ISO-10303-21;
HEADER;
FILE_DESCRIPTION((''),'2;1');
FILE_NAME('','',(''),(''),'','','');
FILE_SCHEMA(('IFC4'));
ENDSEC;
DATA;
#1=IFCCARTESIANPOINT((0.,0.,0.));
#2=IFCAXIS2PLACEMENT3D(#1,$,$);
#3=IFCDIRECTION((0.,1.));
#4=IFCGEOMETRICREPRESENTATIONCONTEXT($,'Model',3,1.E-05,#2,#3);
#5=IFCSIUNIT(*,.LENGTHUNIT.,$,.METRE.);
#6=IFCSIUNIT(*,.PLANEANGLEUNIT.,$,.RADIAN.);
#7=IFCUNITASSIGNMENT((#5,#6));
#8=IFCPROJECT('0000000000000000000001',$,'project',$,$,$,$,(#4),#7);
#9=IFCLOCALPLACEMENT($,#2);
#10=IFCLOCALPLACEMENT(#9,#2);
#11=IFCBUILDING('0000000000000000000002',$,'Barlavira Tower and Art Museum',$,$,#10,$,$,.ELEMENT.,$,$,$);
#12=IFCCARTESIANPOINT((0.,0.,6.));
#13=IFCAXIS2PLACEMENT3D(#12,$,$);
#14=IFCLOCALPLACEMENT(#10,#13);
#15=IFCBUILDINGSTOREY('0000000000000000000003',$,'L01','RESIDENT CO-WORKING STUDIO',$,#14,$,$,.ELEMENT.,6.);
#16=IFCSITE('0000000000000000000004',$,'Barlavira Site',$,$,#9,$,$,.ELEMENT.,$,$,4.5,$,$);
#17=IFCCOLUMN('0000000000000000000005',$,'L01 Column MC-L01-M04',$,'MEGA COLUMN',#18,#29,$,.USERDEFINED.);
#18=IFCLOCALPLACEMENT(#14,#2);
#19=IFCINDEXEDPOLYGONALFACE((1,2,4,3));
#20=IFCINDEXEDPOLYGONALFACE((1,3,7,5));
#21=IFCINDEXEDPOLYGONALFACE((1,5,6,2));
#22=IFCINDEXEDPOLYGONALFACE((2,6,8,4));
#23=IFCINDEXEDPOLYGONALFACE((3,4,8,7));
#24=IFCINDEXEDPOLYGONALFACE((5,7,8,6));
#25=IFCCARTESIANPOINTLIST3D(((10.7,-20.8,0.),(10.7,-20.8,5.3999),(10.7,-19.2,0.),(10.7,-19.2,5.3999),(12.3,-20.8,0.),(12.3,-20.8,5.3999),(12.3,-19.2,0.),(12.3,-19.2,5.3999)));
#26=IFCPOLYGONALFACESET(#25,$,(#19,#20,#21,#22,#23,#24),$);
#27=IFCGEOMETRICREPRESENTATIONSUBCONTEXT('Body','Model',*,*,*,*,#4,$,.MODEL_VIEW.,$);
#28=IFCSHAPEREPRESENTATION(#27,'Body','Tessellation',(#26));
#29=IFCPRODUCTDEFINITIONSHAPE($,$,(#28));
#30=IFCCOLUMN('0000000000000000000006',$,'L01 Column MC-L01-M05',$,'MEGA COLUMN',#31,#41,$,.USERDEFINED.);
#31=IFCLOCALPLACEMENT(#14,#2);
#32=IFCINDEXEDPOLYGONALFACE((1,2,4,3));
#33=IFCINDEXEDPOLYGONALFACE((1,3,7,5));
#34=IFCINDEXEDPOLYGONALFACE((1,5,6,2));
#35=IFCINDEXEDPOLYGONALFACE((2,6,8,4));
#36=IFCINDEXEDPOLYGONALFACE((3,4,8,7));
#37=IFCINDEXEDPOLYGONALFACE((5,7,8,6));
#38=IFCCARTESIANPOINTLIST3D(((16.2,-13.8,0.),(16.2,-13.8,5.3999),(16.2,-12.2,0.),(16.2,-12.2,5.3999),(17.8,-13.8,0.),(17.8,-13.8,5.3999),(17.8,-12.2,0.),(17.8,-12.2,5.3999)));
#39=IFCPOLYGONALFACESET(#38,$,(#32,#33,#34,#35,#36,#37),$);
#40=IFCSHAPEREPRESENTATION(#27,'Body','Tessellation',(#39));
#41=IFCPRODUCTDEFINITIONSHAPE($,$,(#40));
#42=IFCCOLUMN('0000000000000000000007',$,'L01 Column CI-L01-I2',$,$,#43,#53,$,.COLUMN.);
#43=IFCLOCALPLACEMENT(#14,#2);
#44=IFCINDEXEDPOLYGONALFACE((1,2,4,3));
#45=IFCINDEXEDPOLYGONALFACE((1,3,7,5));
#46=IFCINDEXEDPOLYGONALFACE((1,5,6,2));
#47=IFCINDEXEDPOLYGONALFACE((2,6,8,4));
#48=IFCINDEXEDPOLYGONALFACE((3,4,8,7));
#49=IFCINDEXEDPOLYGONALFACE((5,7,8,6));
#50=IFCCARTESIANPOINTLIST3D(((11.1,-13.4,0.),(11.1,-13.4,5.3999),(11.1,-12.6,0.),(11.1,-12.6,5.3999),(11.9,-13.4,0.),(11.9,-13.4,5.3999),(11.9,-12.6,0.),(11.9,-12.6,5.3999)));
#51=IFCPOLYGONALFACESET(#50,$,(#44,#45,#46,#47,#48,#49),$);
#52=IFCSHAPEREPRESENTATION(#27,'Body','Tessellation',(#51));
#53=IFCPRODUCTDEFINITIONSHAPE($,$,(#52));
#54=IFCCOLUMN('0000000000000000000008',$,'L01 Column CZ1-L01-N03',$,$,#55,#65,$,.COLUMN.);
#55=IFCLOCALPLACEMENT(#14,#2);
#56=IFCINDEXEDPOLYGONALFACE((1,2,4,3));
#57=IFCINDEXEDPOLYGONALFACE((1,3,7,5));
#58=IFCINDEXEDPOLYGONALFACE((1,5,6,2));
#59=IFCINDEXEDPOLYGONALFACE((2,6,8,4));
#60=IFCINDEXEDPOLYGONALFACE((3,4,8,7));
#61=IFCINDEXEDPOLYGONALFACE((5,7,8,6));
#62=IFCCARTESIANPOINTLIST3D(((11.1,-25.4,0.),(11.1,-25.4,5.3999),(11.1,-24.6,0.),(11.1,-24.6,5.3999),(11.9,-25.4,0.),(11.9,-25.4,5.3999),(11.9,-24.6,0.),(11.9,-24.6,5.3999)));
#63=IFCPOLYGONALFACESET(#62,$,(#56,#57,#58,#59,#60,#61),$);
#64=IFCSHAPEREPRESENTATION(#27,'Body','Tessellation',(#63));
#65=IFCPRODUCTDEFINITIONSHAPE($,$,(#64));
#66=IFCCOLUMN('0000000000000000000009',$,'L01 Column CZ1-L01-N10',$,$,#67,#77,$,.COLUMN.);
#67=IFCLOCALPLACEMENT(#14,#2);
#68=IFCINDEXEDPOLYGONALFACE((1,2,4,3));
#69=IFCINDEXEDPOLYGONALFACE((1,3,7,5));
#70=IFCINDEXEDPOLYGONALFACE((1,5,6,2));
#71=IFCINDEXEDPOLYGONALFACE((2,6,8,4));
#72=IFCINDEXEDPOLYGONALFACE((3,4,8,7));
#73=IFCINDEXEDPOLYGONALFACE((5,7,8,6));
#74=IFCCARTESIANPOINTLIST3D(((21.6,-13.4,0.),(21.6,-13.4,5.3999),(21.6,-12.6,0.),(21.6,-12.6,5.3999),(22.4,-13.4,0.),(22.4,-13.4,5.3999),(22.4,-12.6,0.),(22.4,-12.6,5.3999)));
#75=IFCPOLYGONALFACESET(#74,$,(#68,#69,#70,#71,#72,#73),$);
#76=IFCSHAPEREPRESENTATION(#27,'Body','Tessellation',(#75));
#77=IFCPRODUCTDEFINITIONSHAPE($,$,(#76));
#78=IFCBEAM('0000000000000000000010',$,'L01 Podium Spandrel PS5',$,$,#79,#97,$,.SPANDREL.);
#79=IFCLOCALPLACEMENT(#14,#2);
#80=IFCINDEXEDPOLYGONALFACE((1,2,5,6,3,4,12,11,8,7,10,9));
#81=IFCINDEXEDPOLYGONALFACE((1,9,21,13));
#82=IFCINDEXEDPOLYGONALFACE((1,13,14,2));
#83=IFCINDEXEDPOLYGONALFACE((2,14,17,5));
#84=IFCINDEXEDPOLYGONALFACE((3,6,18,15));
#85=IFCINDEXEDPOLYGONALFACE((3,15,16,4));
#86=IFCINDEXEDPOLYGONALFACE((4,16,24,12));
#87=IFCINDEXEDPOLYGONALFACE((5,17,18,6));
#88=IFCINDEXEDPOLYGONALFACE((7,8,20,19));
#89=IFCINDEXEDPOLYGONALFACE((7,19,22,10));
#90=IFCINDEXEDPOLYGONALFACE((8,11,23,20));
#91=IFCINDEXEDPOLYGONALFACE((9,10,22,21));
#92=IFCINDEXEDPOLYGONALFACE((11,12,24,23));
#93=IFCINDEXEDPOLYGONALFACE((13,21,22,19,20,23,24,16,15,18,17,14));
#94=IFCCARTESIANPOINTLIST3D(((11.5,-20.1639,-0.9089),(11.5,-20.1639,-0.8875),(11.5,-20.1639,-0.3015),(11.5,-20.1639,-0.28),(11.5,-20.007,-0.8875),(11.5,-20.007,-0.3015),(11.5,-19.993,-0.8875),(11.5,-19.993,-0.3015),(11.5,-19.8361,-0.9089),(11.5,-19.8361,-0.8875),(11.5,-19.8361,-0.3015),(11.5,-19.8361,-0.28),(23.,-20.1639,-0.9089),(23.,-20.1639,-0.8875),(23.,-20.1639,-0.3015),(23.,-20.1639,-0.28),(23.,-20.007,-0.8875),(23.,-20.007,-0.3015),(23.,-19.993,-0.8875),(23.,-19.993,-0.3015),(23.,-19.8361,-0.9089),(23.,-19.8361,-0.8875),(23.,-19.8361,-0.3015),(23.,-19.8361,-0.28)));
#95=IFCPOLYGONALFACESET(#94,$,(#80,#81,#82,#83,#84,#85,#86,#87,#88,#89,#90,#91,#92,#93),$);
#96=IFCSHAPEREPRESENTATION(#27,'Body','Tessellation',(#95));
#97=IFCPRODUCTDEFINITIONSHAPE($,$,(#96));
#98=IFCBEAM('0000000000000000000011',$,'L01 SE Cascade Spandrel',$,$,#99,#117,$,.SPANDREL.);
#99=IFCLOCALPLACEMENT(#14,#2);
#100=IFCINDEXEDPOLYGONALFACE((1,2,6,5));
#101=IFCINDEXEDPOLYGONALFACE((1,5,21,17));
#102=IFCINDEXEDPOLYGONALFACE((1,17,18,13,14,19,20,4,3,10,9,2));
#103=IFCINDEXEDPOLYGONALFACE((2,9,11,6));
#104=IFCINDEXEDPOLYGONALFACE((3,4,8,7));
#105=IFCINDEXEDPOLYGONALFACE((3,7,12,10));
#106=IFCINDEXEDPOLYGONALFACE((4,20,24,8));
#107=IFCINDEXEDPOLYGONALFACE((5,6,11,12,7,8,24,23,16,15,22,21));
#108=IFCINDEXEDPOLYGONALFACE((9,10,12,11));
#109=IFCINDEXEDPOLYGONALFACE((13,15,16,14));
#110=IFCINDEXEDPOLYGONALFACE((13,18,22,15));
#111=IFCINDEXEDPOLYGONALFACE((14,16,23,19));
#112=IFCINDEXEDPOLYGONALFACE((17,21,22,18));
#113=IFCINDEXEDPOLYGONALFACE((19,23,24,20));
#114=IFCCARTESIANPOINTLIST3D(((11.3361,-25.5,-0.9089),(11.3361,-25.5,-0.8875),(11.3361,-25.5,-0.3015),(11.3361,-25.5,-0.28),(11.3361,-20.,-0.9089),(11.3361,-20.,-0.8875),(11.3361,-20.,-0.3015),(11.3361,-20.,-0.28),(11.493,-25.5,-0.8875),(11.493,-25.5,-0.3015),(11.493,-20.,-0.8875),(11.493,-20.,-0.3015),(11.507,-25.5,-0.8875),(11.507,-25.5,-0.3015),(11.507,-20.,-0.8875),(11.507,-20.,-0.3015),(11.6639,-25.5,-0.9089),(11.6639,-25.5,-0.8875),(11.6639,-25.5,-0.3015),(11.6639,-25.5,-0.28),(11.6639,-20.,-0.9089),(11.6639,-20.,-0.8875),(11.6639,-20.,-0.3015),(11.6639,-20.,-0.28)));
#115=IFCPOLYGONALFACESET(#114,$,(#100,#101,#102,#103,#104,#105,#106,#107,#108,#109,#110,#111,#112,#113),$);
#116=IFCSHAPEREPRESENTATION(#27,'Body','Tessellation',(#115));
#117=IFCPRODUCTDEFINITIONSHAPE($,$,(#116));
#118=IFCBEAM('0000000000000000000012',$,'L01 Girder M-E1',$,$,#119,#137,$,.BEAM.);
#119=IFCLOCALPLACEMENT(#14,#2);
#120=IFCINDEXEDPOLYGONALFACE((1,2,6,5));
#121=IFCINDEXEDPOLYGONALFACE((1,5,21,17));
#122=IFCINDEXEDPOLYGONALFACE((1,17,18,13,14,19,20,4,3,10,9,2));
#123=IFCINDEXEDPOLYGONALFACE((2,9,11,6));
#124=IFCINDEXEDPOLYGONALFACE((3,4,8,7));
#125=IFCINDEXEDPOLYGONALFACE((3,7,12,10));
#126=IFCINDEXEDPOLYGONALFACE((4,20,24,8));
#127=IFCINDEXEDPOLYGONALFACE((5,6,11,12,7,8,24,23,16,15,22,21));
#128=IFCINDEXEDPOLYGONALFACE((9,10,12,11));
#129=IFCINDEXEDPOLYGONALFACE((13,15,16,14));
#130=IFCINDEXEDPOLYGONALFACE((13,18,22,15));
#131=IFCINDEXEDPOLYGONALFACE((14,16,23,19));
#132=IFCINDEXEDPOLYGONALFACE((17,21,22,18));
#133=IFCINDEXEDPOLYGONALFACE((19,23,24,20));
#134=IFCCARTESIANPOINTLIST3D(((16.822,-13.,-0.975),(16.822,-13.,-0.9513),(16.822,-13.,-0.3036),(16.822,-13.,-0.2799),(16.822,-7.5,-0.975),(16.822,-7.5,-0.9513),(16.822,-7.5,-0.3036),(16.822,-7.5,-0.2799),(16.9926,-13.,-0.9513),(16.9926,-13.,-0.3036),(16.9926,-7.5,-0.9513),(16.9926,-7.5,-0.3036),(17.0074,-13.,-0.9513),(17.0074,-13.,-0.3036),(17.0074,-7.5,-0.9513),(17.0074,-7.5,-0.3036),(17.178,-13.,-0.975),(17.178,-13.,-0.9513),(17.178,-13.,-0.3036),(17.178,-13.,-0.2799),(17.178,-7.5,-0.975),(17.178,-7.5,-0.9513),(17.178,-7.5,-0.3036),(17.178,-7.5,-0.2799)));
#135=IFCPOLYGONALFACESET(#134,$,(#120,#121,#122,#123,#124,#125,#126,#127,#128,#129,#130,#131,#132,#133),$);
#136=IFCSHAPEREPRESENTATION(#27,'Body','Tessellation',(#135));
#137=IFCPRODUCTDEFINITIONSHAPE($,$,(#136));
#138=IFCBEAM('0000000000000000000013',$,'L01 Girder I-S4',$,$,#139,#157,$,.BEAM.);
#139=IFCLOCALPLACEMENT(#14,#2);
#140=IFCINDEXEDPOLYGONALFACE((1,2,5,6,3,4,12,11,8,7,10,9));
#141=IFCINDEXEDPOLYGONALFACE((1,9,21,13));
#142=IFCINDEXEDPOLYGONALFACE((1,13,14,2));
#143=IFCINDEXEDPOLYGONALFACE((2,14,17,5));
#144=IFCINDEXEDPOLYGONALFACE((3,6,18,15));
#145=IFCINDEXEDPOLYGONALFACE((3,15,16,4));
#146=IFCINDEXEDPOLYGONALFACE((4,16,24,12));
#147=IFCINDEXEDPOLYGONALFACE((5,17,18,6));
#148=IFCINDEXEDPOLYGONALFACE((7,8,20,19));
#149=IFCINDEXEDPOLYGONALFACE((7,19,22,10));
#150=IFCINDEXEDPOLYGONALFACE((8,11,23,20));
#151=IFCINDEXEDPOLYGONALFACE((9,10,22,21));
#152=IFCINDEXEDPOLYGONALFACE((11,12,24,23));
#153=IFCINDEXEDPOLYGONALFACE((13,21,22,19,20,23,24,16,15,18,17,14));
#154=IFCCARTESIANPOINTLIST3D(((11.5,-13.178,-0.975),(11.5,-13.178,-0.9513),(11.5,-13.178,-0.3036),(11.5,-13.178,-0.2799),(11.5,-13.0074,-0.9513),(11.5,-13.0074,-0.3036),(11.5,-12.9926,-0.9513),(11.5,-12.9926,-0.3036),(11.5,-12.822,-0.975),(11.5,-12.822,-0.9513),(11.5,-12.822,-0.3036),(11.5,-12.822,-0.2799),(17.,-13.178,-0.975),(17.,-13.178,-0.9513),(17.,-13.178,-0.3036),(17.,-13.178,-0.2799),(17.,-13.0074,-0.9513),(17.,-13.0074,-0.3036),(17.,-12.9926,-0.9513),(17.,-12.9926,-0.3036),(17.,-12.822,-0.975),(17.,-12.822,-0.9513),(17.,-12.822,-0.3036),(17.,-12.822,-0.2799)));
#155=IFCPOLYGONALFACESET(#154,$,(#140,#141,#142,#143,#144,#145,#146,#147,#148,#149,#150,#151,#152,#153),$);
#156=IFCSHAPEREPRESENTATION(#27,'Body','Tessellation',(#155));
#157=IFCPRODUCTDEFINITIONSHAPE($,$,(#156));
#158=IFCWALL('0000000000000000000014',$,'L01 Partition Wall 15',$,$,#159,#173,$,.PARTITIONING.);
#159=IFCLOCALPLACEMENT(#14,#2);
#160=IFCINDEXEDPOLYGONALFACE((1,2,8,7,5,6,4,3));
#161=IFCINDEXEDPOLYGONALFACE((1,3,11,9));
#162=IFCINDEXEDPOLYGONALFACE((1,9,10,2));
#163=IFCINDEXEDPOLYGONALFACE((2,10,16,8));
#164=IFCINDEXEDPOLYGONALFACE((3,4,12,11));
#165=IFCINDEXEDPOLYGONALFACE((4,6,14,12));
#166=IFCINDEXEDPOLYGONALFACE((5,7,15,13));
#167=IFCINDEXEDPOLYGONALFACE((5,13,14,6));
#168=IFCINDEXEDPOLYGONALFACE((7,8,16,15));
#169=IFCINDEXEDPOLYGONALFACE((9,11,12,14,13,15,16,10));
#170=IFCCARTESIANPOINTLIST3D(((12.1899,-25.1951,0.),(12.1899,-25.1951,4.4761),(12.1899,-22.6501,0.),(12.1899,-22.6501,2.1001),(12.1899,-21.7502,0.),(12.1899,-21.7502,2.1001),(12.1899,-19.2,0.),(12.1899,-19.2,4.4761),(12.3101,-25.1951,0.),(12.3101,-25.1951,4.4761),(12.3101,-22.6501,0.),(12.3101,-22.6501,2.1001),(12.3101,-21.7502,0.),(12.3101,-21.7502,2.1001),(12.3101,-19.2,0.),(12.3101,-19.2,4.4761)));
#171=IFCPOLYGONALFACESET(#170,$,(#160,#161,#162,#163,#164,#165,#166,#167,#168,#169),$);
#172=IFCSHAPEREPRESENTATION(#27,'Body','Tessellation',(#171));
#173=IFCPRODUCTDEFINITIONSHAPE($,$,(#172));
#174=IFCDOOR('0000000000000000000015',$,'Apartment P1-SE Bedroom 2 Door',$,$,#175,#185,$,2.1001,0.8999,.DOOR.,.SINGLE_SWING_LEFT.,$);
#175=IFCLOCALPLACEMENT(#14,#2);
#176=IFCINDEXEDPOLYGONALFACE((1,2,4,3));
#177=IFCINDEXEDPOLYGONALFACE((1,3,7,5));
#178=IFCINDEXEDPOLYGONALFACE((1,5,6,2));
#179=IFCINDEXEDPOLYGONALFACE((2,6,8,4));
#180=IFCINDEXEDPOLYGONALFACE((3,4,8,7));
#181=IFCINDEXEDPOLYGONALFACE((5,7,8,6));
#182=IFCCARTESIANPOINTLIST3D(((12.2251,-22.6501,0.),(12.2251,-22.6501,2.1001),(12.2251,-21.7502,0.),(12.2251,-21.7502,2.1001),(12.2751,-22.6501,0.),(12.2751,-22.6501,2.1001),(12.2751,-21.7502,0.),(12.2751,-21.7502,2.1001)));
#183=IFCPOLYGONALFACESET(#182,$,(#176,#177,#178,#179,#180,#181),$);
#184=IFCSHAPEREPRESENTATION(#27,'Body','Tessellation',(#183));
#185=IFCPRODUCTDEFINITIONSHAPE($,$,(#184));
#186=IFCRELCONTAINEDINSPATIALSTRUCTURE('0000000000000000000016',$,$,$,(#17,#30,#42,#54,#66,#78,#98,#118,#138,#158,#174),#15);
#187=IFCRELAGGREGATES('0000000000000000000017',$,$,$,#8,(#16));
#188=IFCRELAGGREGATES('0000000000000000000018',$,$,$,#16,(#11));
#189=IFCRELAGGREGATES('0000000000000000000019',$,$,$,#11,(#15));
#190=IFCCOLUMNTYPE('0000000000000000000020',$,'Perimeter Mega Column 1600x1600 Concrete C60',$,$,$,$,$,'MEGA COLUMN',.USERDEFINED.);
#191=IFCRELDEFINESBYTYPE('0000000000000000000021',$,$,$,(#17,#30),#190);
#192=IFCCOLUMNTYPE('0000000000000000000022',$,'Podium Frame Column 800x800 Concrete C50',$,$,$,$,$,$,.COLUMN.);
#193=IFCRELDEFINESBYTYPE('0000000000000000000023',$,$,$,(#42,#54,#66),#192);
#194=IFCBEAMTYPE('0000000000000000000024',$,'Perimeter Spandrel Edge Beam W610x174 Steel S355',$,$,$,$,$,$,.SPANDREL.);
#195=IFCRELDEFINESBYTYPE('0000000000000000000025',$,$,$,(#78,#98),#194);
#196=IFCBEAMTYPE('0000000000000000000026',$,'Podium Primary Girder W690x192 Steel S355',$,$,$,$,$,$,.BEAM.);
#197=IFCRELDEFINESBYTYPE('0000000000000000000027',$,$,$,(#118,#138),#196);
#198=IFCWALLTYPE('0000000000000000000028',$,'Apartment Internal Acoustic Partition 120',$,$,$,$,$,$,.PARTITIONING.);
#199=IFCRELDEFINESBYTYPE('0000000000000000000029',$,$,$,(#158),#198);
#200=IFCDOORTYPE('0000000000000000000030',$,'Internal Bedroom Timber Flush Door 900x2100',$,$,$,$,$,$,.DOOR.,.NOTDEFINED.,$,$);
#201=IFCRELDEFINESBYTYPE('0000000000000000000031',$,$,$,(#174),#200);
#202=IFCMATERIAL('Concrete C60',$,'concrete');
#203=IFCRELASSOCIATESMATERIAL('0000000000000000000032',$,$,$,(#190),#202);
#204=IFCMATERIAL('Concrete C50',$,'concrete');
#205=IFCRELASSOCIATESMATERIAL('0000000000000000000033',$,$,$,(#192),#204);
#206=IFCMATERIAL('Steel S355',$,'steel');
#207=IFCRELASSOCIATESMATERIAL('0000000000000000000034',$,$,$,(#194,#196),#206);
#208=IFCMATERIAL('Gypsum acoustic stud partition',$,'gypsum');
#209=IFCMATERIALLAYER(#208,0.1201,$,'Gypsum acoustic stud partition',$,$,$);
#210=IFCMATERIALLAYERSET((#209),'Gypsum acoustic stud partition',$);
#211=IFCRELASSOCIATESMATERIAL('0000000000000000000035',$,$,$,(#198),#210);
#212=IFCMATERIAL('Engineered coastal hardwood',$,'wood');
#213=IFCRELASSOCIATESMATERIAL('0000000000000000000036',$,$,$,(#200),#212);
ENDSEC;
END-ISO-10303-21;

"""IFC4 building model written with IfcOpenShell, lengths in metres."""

from ifc_helpers import new_model, si_unit, direction, frame, frame_2d, origin, origin_2d, place, context, subcontext, project, spatial, rectangle, i_section, extrude, material, layer, layer_set, material_profile, profile_set, type_object, element, fill, save


model = new_model("IFC4")

# Units and contexts
model_context = context("Model", 3, precision=1e-05, world=origin(), true_north=direction((0.0, 1.0)))
body_context = subcontext(model_context, "Body", "Model", "MODEL_VIEW")
ifc_project = project(units=[si_unit("LENGTHUNIT", "METRE"), si_unit("PLANEANGLEUNIT", "RADIAN")], contexts=[model_context])

# Site, building, storey
site_placement = place(None, origin())
site = spatial("IfcSite", under=ifc_project, at=site_placement, Name="Barlavira Site", CompositionType="ELEMENT", RefElevation=4.5)
building_placement = place(site_placement, origin())
building = spatial("IfcBuilding", under=site, at=building_placement, Name="Barlavira Tower and Art Museum", CompositionType="ELEMENT")
storey_placement = place(building_placement, frame((0.0, 0.0, 6.0)))
storey = spatial("IfcBuildingStorey", under=building, at=storey_placement, Name="L01", Description="RESIDENT CO-WORKING STUDIO", CompositionType="ELEMENT", Elevation=6.0)

# Columns
ifc_material_1 = material(Name="Concrete C60", Category="concrete")
ifc_material_profile_1 = material_profile(ifc_material_1, rectangle(XDim=1.6001, YDim=1.6001, at=origin_2d()), Name="RC-MCOL 1600x1600")
ifc_profile_set_1 = profile_set([ifc_material_profile_1], Name="Concrete C60")
column_type_1 = type_object("IfcColumnType", Name="Perimeter Mega Column 1600x1600 Concrete C60", ElementType="MEGA COLUMN", PredefinedType="USERDEFINED", material=ifc_profile_set_1)
for number, where, z_axis, x_axis, name in (
    (1, (11.5, -20.0, 0.0), (0.0, 0.0, 1.0), (1.0, 0.0, 0.0), "L01 Column MC-L01-M04"),
    (2, (17.0, -13.0, 0.0), (0.0, 0.0, 1.0), (1.0, 0.0, 0.0), "L01 Column MC-L01-M05"),
):
    element("IfcColumn", number, at=place(storey_placement, frame(where, z_axis=z_axis, x_axis=x_axis)), inside=storey, type_object=column_type_1, Name=name, ObjectType="MEGA COLUMN", PredefinedType="USERDEFINED", context=body_context, shape_type="SweptSolid", body=[
        extrude(rectangle(XDim=1.6001, YDim=1.6001, at=origin_2d()), origin(), (0.0, 0.0, 1.0), 5.3999),
    ])
ifc_material_2 = material(Name="Concrete C50", Category="concrete")
ifc_material_profile_2 = material_profile(ifc_material_2, rectangle(XDim=0.8, YDim=0.8, at=origin_2d()), Name="RC-COL 800x800")
ifc_profile_set_2 = profile_set([ifc_material_profile_2], Name="Concrete C50")
column_type_2 = type_object("IfcColumnType", Name="Podium Frame Column 800x800 Concrete C50", PredefinedType="COLUMN", material=ifc_profile_set_2)
for number, where, z_axis, x_axis, name in (
    (3, (11.5, -13.0, 0.0), (0.0, 0.0, 1.0), (1.0, 0.0, 0.0), "L01 Column CI-L01-I2"),
    (4, (11.5, -25.0, 0.0), (0.0, 0.0, 1.0), (1.0, 0.0, 0.0), "L01 Column CZ1-L01-N03"),
    (5, (22.0, -13.0, 0.0), (0.0, 0.0, 1.0), (1.0, 0.0, 0.0), "L01 Column CZ1-L01-N10"),
):
    element("IfcColumn", number, at=place(storey_placement, frame(where, z_axis=z_axis, x_axis=x_axis)), inside=storey, type_object=column_type_2, Name=name, PredefinedType="COLUMN", context=body_context, shape_type="SweptSolid", body=[
        extrude(rectangle(XDim=0.8, YDim=0.8, at=origin_2d()), origin(), (0.0, 0.0, 1.0), 5.3999),
    ])

# Beams
ifc_material_3 = material(Name="Steel S355", Category="steel")
ifc_material_profile_3 = material_profile(ifc_material_3, i_section(OverallWidth=0.3279, OverallDepth=0.6289, WebThickness=0.0139, FlangeThickness=0.0215, at=origin_2d()), Name="W610x174.0")
ifc_profile_set_3 = profile_set([ifc_material_profile_3], Name="Steel S355")
beam_type_1 = type_object("IfcBeamType", Name="Perimeter Spandrel Edge Beam W610x174 Steel S355", PredefinedType="SPANDREL", material=ifc_profile_set_3)
beam_1_placement = place(storey_placement, frame((11.5, -20.0, -0.5945), z_axis=(1.0, 0.0, 0.0), x_axis=(0.0, 1.0, 0.0)))
element("IfcBeam", 6, at=beam_1_placement, inside=storey, type_object=beam_type_1, Name="L01 Podium Spandrel PS5", PredefinedType="SPANDREL", context=body_context, shape_type="SweptSolid", body=[
    extrude(i_section(OverallWidth=0.3279, OverallDepth=0.6289, WebThickness=0.0139, FlangeThickness=0.0215, at=origin_2d()), origin(), (0.0, 0.0, 1.0), 11.5),
])
beam_2_placement = place(storey_placement, frame((11.5, -25.5, -0.5945), z_axis=(0.0, 1.0, 0.0), x_axis=(-1.0, 0.0, 0.0)))
element("IfcBeam", 7, at=beam_2_placement, inside=storey, type_object=beam_type_1, Name="L01 SE Cascade Spandrel", PredefinedType="SPANDREL", context=body_context, shape_type="SweptSolid", body=[
    extrude(i_section(OverallWidth=0.3279, OverallDepth=0.6289, WebThickness=0.0139, FlangeThickness=0.0215, at=origin_2d()), origin(), (0.0, 0.0, 1.0), 5.5),
])
ifc_material_profile_4 = material_profile(ifc_material_3, i_section(OverallWidth=0.356, OverallDepth=0.6951, WebThickness=0.0149, FlangeThickness=0.0237, at=origin_2d()), Name="W690x192.0")
ifc_profile_set_4 = profile_set([ifc_material_profile_4], Name="Steel S355")
beam_type_2 = type_object("IfcBeamType", Name="Podium Primary Girder W690x192 Steel S355", PredefinedType="BEAM", material=ifc_profile_set_4)
for number, where, z_axis, x_axis, name in (
    (8, (17.0, -13.0, -0.6274), (0.0, 1.0, 0.0), (-1.0, 0.0, 0.0), "L01 Girder M-E1"),
    (9, (11.5, -13.0, -0.6274), (1.0, 0.0, 0.0), (0.0, 1.0, 0.0), "L01 Girder I-S4"),
):
    element("IfcBeam", number, at=place(storey_placement, frame(where, z_axis=z_axis, x_axis=x_axis)), inside=storey, type_object=beam_type_2, Name=name, PredefinedType="BEAM", context=body_context, shape_type="SweptSolid", body=[
        extrude(i_section(OverallWidth=0.356, OverallDepth=0.6951, WebThickness=0.0149, FlangeThickness=0.0237, at=origin_2d()), origin(), (0.0, 0.0, 1.0), 5.5),
    ])

# Wall, opening, door
ifc_material_4 = material(Name="Gypsum acoustic stud partition", Category="gypsum")
ifc_layer_1 = layer(ifc_material_4, 0.1201, Name="Gypsum acoustic stud partition")
ifc_layer_set_1 = layer_set([ifc_layer_1], Name="Gypsum acoustic stud partition")
wall_type_1 = type_object("IfcWallType", Name="Apartment Internal Acoustic Partition 120", PredefinedType="PARTITIONING", material=ifc_layer_set_1)
wall_1_placement = place(storey_placement, frame((12.25, -25.1951, 0.0), z_axis=(0.0, 0.0, 1.0), x_axis=(0.0, 1.0, 0.0)))
wall_1 = element("IfcWall", 10, at=wall_1_placement, inside=storey, type_object=wall_type_1, Name="L01 Partition Wall 15", PredefinedType="PARTITIONING", context=body_context, shape_type="SweptSolid", body=[
    extrude(rectangle(XDim=5.9951, YDim=0.1201, at=frame_2d((2.9976, 0.0))), origin(), (0.0, 0.0, 1.0), 4.4761),
])
opening_1_placement = place(wall_1_placement, frame((2.5449, 0.0, 0.0)))
opening_1 = element("IfcOpeningElement", 11, at=opening_1_placement, cuts=wall_1, PredefinedType="OPENING", context=body_context, shape_type="SweptSolid", body=[
    extrude(rectangle(XDim=0.8999, YDim=2.1001, at=frame_2d((0.45, 1.05))), frame((0.0, 0.0701, 0.0), z_axis=(0.0, -1.0, 0.0), x_axis=(1.0, 0.0, 0.0)), (0.0, 0.0, 1.0), 0.1401),
])
ifc_material_5 = material(Name="Engineered coastal hardwood", Category="wood")
door_type = type_object("IfcDoorType", Name="Internal Bedroom Timber Flush Door 900x2100", OperationType="NOTDEFINED", PredefinedType="DOOR", material=ifc_material_5)
door_1_placement = place(opening_1_placement, origin())
door_1 = element("IfcDoor", 12, at=door_1_placement, inside=storey, type_object=door_type, Name="Apartment P1-SE Bedroom 2 Door", OperationType="SINGLE_SWING_LEFT", OverallHeight=2.1001, OverallWidth=0.8999, PredefinedType="DOOR", context=body_context, shape_type="SweptSolid", body=[
    extrude(rectangle(XDim=0.8999, YDim=2.1001, at=frame_2d((0.45, 1.05))), frame((0.0, 0.0249, 0.0), z_axis=(0.0, -1.0, 0.0), x_axis=(1.0, 0.0, 0.0)), (0.0, 0.0, 1.0), 0.05),
])
fill(opening_1, door_1)

save(model, "model.ifc")
